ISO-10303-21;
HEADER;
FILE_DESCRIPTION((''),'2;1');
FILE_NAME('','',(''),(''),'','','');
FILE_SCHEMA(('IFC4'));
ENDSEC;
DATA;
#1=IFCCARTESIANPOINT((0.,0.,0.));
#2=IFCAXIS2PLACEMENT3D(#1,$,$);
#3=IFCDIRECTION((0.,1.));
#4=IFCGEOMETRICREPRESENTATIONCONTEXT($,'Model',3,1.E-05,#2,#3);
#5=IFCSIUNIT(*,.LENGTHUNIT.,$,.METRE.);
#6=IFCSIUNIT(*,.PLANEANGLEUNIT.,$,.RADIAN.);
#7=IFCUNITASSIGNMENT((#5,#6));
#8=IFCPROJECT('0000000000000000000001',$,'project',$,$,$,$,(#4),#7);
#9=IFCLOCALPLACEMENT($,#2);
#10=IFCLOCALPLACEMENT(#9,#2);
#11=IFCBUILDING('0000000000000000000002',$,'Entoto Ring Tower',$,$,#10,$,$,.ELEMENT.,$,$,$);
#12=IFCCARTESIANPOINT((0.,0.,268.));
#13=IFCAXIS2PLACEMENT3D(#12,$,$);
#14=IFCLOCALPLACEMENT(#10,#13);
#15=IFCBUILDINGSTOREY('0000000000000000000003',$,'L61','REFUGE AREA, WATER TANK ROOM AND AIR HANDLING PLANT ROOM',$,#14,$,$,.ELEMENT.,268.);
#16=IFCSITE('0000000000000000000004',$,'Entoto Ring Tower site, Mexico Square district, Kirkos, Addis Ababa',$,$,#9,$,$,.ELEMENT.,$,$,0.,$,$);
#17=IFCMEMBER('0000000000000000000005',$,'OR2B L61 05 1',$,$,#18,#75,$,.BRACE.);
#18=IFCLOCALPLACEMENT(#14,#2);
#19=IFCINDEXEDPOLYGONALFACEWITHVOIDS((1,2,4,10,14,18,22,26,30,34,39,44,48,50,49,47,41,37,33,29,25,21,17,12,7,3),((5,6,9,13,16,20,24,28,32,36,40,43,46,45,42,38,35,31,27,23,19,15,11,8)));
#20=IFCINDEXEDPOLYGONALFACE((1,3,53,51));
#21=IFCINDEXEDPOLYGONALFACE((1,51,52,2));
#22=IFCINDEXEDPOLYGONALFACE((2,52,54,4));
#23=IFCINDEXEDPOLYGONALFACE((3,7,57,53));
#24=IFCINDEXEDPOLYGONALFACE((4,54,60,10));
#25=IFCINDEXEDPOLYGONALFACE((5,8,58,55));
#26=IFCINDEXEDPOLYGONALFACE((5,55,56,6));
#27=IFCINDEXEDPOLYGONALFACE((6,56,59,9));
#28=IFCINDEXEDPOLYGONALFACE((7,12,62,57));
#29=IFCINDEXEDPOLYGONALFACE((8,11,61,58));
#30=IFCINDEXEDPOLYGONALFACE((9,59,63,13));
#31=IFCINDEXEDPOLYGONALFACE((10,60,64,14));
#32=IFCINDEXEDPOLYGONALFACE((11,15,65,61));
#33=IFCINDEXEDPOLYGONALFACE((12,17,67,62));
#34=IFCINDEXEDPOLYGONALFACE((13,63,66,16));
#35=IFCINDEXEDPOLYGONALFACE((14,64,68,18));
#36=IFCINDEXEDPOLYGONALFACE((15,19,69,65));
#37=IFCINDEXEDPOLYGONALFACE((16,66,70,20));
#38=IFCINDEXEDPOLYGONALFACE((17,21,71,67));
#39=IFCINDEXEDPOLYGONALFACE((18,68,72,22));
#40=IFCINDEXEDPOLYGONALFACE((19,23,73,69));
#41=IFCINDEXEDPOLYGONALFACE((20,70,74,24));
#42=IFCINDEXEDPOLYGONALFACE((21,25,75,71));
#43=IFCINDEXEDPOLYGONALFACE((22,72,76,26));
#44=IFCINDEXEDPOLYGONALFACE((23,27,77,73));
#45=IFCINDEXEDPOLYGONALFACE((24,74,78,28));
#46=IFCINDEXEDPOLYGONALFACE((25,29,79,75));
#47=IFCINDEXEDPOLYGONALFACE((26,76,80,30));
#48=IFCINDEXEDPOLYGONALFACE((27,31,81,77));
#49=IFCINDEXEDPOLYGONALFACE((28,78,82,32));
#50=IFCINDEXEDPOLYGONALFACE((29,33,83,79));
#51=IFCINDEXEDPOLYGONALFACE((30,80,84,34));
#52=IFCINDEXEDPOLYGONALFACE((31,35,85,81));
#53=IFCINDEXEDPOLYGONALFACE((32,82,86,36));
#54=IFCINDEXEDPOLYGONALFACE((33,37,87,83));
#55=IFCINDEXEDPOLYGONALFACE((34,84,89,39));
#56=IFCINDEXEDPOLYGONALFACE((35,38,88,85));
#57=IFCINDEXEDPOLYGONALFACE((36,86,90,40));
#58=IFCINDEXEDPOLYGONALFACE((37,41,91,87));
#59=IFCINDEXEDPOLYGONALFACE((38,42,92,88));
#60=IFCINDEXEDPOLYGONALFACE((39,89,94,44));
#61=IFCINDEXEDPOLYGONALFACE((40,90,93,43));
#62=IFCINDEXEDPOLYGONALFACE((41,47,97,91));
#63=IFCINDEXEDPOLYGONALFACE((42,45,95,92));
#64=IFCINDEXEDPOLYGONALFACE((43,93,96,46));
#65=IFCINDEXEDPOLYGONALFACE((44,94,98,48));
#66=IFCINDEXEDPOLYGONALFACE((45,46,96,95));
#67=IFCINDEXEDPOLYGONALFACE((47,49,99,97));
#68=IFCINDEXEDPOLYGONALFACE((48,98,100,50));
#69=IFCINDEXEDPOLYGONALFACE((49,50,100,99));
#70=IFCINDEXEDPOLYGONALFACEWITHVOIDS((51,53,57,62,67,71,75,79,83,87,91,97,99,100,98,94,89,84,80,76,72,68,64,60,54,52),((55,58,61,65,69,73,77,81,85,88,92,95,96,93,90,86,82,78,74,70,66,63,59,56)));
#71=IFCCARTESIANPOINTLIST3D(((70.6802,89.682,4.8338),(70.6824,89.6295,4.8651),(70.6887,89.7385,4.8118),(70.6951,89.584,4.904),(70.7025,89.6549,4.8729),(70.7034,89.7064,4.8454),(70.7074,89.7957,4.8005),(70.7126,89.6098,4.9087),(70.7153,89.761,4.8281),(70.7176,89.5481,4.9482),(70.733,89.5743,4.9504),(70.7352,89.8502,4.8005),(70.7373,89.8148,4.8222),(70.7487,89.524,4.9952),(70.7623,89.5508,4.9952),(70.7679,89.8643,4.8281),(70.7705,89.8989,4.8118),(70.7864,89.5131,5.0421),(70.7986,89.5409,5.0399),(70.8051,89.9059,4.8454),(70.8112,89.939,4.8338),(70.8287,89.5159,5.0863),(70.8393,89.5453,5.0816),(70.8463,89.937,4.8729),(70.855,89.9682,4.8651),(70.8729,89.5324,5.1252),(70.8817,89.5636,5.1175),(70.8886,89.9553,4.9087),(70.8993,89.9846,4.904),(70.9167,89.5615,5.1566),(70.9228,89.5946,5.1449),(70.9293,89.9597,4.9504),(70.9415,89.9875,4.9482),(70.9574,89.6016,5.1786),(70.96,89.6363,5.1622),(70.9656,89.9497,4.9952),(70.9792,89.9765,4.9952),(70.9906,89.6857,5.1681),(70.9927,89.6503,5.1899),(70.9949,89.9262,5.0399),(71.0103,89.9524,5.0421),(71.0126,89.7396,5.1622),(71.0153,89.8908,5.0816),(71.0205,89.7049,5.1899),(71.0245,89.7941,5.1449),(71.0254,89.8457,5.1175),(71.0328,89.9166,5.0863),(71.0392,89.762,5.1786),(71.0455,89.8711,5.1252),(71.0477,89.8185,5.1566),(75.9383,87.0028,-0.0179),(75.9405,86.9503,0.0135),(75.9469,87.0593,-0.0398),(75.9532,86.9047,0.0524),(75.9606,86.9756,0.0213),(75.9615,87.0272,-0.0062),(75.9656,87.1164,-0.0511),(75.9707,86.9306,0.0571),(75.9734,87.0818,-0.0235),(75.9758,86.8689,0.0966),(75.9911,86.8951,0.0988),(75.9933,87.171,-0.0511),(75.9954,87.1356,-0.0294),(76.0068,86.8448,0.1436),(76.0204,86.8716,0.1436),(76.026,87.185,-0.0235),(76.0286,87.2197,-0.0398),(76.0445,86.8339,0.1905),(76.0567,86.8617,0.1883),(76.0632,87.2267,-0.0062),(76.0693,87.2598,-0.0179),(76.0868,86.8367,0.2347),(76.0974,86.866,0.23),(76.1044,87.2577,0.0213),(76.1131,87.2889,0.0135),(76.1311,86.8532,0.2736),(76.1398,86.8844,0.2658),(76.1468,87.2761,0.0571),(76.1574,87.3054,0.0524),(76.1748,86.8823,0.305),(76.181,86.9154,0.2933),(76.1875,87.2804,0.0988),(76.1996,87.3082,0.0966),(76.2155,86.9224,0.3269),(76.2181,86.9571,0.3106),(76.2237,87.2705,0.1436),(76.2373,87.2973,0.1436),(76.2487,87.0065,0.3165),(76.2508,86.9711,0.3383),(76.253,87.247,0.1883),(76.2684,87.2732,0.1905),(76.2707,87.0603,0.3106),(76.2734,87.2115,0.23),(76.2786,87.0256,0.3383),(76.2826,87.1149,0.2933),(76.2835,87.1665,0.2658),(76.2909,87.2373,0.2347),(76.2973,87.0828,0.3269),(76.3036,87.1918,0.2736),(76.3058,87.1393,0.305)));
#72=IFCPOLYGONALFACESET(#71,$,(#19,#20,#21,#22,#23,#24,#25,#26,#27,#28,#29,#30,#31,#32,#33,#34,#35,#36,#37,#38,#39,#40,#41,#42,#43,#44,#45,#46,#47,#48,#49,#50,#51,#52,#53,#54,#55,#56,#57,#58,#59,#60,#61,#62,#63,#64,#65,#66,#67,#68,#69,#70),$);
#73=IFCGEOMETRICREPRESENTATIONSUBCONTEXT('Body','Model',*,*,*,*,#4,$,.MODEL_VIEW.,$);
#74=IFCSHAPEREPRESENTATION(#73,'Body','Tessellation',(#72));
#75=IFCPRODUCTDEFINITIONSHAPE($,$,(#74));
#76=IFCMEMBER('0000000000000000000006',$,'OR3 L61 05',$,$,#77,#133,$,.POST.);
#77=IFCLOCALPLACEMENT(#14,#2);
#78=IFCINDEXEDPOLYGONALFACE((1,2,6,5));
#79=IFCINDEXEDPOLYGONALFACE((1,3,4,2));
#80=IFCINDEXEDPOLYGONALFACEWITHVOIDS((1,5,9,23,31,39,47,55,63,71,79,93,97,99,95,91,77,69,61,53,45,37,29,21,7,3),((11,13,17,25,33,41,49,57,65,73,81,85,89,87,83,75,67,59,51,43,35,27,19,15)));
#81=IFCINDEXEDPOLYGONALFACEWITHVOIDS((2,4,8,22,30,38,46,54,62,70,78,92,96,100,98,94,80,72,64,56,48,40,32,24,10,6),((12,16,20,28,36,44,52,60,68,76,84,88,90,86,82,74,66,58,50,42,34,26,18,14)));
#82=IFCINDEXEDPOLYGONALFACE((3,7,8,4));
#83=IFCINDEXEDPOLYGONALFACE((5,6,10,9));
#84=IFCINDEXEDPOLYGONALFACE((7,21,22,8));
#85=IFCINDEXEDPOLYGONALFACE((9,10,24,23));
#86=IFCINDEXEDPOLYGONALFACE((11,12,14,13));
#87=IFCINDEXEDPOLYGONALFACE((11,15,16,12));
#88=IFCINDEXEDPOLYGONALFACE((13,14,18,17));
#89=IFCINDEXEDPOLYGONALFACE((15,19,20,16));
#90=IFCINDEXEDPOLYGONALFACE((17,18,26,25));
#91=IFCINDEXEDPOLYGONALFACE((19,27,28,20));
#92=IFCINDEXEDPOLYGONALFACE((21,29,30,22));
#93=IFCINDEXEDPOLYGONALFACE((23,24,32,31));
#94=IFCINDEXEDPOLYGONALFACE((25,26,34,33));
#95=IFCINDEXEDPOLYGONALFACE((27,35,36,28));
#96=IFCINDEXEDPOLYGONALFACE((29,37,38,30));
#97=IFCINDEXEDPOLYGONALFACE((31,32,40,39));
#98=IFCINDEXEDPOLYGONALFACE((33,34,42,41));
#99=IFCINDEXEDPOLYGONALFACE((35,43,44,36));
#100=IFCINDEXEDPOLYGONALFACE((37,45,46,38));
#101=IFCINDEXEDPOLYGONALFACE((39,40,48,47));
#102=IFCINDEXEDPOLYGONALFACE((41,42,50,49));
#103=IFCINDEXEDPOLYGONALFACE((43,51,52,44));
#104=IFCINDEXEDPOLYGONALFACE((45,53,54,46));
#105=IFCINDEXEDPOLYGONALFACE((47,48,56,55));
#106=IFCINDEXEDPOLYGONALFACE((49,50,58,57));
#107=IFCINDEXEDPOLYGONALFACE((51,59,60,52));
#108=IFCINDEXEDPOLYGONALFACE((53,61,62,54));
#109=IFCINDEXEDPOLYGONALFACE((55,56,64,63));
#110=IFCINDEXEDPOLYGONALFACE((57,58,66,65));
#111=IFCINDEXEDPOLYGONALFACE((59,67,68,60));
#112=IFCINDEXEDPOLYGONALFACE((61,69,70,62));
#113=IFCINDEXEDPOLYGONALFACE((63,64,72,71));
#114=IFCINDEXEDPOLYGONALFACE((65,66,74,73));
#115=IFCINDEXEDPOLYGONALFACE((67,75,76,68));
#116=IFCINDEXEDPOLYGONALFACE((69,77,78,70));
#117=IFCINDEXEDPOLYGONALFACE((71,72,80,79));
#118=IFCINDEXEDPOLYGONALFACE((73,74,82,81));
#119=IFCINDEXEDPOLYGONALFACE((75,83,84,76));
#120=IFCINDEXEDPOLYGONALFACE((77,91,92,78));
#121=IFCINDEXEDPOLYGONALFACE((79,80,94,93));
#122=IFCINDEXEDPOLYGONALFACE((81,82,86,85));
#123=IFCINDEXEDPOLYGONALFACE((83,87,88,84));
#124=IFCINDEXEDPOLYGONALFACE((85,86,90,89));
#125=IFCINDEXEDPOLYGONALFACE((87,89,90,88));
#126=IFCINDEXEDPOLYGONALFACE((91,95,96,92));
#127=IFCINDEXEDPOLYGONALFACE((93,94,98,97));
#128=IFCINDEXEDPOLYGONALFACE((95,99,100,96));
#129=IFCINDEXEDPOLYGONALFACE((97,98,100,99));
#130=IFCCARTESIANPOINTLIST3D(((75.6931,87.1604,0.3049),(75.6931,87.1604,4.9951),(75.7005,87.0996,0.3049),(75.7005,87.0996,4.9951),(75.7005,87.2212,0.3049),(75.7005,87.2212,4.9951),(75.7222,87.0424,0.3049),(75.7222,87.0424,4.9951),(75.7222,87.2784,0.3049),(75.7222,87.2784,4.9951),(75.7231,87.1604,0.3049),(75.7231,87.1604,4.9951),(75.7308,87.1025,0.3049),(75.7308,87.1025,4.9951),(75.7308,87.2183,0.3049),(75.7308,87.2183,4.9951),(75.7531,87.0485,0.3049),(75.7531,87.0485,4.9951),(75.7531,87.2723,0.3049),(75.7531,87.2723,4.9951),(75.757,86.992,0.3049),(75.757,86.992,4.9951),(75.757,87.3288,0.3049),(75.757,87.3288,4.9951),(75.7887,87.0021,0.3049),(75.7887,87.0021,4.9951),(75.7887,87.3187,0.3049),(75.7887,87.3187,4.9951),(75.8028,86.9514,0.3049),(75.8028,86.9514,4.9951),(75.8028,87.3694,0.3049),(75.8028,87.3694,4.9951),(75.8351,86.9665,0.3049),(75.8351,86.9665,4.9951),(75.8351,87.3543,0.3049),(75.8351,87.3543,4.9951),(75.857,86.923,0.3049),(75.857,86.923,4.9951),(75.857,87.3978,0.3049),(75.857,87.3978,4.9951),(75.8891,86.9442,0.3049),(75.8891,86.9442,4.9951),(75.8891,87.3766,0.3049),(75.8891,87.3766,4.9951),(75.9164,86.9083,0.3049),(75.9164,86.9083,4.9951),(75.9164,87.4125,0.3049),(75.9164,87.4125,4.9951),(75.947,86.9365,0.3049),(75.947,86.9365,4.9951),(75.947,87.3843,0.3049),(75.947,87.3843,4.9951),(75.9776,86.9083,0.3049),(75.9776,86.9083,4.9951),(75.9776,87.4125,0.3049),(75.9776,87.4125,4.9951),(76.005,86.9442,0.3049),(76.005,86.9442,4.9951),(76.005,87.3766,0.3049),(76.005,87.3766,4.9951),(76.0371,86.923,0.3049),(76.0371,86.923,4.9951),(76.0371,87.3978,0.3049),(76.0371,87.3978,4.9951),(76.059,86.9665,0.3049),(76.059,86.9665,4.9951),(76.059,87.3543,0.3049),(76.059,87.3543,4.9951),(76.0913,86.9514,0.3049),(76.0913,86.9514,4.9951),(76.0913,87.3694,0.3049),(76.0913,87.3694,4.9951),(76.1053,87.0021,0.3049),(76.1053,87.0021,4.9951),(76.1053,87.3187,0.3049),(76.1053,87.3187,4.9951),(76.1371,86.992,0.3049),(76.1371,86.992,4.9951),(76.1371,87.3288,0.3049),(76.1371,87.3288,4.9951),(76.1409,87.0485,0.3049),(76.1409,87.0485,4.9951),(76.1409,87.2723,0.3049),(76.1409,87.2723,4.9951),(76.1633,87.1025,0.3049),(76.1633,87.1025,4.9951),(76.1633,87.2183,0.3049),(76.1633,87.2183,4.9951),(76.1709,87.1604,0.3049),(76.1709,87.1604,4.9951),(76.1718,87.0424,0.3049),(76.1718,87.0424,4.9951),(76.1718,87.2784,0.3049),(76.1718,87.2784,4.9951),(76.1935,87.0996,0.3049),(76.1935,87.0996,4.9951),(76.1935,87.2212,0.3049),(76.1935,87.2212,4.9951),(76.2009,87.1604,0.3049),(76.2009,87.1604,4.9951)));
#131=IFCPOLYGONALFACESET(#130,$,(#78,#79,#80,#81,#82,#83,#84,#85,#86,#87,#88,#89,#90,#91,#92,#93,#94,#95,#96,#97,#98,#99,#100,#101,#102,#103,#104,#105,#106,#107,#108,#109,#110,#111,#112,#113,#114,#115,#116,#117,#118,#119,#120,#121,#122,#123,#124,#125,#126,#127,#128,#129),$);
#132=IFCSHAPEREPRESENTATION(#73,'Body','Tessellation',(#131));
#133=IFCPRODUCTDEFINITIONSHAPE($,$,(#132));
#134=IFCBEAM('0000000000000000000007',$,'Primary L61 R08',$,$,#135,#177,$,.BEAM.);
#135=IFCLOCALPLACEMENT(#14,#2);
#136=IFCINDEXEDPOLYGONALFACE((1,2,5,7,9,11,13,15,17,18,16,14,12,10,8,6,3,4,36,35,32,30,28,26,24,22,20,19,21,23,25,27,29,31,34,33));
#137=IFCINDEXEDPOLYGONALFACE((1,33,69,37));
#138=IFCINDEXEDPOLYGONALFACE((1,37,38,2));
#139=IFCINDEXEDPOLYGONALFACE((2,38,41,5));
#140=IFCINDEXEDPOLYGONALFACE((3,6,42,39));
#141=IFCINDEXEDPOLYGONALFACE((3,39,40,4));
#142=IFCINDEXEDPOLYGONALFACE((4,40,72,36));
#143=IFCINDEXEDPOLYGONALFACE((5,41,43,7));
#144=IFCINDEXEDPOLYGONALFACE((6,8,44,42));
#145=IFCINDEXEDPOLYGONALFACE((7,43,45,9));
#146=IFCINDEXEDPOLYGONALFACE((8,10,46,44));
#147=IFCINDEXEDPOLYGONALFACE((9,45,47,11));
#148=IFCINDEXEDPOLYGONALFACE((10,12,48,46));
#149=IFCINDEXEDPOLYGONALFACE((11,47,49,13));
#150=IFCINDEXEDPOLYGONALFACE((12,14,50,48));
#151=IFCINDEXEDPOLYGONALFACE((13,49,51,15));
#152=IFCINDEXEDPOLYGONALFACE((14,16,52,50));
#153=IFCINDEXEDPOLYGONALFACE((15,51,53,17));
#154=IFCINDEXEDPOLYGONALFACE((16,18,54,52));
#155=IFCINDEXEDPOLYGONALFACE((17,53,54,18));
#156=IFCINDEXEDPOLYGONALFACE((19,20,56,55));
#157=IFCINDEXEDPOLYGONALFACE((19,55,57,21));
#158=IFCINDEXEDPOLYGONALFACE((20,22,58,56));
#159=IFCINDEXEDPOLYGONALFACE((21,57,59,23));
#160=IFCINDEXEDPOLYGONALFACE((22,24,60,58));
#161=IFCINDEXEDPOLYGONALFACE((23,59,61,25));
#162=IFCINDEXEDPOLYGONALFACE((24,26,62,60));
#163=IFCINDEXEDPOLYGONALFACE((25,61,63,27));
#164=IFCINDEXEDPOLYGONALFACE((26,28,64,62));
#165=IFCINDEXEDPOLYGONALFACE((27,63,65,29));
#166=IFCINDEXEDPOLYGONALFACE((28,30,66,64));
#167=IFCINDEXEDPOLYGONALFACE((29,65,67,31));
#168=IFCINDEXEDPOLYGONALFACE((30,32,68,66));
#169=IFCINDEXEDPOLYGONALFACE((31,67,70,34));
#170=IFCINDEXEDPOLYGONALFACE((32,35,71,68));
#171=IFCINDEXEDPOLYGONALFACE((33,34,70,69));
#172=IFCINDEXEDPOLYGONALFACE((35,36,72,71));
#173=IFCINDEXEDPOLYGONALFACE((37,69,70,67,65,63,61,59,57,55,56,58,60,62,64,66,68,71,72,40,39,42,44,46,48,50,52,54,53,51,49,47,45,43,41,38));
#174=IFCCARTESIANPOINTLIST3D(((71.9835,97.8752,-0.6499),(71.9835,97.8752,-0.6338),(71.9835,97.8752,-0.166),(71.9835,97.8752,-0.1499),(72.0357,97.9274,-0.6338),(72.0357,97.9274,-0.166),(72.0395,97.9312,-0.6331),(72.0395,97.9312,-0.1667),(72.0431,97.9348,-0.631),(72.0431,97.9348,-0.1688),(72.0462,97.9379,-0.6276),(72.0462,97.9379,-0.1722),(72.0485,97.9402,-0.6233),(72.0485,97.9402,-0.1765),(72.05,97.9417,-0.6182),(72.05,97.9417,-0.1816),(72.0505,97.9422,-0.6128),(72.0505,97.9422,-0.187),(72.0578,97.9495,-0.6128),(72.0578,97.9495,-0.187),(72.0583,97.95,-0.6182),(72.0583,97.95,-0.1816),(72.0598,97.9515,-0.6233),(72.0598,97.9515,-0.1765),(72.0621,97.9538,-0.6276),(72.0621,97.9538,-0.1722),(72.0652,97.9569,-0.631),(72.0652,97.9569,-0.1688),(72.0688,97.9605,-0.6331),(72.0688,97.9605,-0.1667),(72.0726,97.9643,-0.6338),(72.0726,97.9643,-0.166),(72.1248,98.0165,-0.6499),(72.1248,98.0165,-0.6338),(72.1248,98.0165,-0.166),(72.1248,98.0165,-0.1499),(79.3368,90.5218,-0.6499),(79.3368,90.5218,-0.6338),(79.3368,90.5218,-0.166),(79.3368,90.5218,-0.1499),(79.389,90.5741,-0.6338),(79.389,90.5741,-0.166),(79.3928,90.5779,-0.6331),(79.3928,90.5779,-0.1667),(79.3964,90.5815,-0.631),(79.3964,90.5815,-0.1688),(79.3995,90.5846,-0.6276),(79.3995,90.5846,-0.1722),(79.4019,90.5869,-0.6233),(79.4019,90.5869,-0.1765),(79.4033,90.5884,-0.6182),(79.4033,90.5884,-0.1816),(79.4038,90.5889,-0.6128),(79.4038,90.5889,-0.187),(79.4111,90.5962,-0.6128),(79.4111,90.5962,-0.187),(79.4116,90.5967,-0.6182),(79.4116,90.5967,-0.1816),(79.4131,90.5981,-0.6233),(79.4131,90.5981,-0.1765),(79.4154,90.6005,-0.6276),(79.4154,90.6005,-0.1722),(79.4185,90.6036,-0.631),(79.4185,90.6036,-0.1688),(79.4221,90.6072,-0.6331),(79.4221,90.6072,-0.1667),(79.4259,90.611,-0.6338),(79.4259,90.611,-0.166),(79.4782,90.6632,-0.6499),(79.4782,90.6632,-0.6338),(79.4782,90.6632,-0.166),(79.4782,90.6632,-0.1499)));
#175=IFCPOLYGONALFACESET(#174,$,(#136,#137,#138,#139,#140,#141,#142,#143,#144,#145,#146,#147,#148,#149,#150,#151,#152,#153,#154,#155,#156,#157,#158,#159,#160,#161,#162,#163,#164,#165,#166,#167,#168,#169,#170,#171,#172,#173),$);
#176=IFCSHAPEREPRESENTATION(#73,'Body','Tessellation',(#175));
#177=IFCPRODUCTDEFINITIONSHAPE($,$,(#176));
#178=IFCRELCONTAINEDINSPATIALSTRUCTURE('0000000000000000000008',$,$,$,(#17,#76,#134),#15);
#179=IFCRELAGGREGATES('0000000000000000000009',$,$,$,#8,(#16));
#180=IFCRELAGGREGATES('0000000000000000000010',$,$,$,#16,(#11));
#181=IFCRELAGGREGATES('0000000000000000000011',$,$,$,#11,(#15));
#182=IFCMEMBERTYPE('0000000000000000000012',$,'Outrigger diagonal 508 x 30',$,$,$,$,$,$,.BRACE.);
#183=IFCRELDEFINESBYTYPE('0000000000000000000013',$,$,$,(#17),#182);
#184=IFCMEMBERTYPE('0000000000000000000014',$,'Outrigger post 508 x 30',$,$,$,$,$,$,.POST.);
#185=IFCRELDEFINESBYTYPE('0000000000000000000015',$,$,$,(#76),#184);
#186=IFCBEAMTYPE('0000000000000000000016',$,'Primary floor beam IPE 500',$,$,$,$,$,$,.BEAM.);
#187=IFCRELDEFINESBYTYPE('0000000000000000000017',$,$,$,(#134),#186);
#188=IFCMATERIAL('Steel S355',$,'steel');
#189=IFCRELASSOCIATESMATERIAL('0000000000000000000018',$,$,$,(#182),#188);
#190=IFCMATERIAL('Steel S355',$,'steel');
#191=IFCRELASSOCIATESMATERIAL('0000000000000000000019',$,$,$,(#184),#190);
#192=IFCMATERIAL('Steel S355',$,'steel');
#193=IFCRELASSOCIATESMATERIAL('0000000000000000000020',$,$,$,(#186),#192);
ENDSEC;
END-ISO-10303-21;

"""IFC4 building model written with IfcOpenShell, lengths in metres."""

from ifc_helpers import new_model, si_unit, direction, frame, origin, origin_2d, place, context, subcontext, project, spatial, circle, hollow_circle, i_section, extrude, material, material_profile, profile_set, type_object, element, save


model = new_model("IFC4")

# Units and contexts
model_context = context("Model", 3, precision=1e-05, world=origin(), true_north=direction((0.0, 1.0)))
body_context = subcontext(model_context, "Body", "Model", "MODEL_VIEW")
ifc_project = project(units=[si_unit("LENGTHUNIT", "METRE"), si_unit("PLANEANGLEUNIT", "RADIAN")], contexts=[model_context])

# Site, building, storey
site_placement = place(None, origin())
site = spatial("IfcSite", under=ifc_project, at=site_placement, Name="Entoto Ring Tower site, Mexico Square district, Kirkos, Addis Ababa", CompositionType="ELEMENT", RefElevation=0.0)
building_placement = place(site_placement, origin())
building = spatial("IfcBuilding", under=site, at=building_placement, Name="Entoto Ring Tower", CompositionType="ELEMENT")
storey_placement = place(building_placement, frame((0.0, 0.0, 268.0)))
storey = spatial("IfcBuildingStorey", under=building, at=storey_placement, Name="L61", Description="REFUGE AREA, WATER TANK ROOM AND AIR HANDLING PLANT ROOM", CompositionType="ELEMENT", Elevation=268.0)

# Members
ifc_material_1 = material(Name="Steel S355", Category="steel")
ifc_material_profile_1 = material_profile(ifc_material_1, hollow_circle(Radius=0.2539, WallThickness=0.03, at=origin_2d()), Name="CHS 508 x 30")
ifc_material_2 = material(Name="Concrete C60/75", Category="concrete")
ifc_material_profile_2 = material_profile(ifc_material_2, circle(Radius=0.2241, at=origin_2d()), Name="Concrete C60/75 infill")
ifc_profile_set_1 = profile_set([ifc_material_profile_1, ifc_material_profile_2], Name="Steel S355")
member_type_1 = type_object("IfcMemberType", Name="Outrigger diagonal 508 x 30", PredefinedType="BRACE", material=ifc_profile_set_1)
member_1_placement = place(storey_placement, frame((76.1221, 87.071, 0.1436), z_axis=(-0.688267, 0.350701, 0.635058), x_axis=(-0.454002, -0.891001, 0.0)))
element("IfcMember", 1, at=member_1_placement, inside=storey, type_object=member_type_1, Name="OR2B L61 05 1", PredefinedType="BRACE", context=body_context, shape_type="SweptSolid", body=[
    extrude(hollow_circle(Radius=0.2539, WallThickness=0.03, at=origin_2d()), origin(), (0.0, 0.0, 1.0), 7.6396),
])
ifc_material_3 = material(Name="Steel S355", Category="steel")
ifc_material_profile_3 = material_profile(ifc_material_3, hollow_circle(Radius=0.2539, WallThickness=0.03, at=origin_2d()), Name="CHS 508 x 30")
ifc_material_4 = material(Name="Concrete C60/75", Category="concrete")
ifc_material_profile_4 = material_profile(ifc_material_4, circle(Radius=0.2241, at=origin_2d()), Name="Concrete C60/75 infill")
ifc_profile_set_2 = profile_set([ifc_material_profile_3, ifc_material_profile_4], Name="Steel S355")
member_type_2 = type_object("IfcMemberType", Name="Outrigger post 508 x 30", PredefinedType="POST", material=ifc_profile_set_2)
member_2_placement = place(storey_placement, frame((75.947, 87.1604, 0.3049), z_axis=(0.0, 0.0, 1.0), x_axis=(1.0, 0.0, 0.0)))
element("IfcMember", 2, at=member_2_placement, inside=storey, type_object=member_type_2, Name="OR3 L61 05", PredefinedType="POST", context=body_context, shape_type="SweptSolid", body=[
    extrude(hollow_circle(Radius=0.2539, WallThickness=0.03, at=origin_2d()), origin(), (0.0, 0.0, 1.0), 4.6902),
])

# Beam
ifc_material_5 = material(Name="Steel S355", Category="steel")
ifc_material_profile_5 = material_profile(ifc_material_5, i_section(OverallWidth=0.2, OverallDepth=0.5, WebThickness=0.0103, FlangeThickness=0.0161, FilletRadius=0.021, at=origin_2d()), Name="IPE 500")
ifc_profile_set_3 = profile_set([ifc_material_profile_5], Name="Steel S355")
beam_type_1 = type_object("IfcBeamType", Name="Primary floor beam IPE 500", PredefinedType="BEAM", material=ifc_profile_set_3)
beam_1_placement = place(storey_placement, frame((79.4075, 90.5925, -0.3999), z_axis=(-0.707107, 0.707107, 0.0), x_axis=(-0.707107, -0.707107, 0.0)))
element("IfcBeam", 3, at=beam_1_placement, inside=storey, type_object=beam_type_1, Name="Primary L61 R08", PredefinedType="BEAM", context=body_context, shape_type="SweptSolid", body=[
    extrude(i_section(OverallWidth=0.2, OverallDepth=0.5, WebThickness=0.0103, FlangeThickness=0.0161, FilletRadius=0.021, at=origin_2d()), origin(), (0.0, 0.0, 1.0), 10.3992),
])

save(model, "model.ifc")
